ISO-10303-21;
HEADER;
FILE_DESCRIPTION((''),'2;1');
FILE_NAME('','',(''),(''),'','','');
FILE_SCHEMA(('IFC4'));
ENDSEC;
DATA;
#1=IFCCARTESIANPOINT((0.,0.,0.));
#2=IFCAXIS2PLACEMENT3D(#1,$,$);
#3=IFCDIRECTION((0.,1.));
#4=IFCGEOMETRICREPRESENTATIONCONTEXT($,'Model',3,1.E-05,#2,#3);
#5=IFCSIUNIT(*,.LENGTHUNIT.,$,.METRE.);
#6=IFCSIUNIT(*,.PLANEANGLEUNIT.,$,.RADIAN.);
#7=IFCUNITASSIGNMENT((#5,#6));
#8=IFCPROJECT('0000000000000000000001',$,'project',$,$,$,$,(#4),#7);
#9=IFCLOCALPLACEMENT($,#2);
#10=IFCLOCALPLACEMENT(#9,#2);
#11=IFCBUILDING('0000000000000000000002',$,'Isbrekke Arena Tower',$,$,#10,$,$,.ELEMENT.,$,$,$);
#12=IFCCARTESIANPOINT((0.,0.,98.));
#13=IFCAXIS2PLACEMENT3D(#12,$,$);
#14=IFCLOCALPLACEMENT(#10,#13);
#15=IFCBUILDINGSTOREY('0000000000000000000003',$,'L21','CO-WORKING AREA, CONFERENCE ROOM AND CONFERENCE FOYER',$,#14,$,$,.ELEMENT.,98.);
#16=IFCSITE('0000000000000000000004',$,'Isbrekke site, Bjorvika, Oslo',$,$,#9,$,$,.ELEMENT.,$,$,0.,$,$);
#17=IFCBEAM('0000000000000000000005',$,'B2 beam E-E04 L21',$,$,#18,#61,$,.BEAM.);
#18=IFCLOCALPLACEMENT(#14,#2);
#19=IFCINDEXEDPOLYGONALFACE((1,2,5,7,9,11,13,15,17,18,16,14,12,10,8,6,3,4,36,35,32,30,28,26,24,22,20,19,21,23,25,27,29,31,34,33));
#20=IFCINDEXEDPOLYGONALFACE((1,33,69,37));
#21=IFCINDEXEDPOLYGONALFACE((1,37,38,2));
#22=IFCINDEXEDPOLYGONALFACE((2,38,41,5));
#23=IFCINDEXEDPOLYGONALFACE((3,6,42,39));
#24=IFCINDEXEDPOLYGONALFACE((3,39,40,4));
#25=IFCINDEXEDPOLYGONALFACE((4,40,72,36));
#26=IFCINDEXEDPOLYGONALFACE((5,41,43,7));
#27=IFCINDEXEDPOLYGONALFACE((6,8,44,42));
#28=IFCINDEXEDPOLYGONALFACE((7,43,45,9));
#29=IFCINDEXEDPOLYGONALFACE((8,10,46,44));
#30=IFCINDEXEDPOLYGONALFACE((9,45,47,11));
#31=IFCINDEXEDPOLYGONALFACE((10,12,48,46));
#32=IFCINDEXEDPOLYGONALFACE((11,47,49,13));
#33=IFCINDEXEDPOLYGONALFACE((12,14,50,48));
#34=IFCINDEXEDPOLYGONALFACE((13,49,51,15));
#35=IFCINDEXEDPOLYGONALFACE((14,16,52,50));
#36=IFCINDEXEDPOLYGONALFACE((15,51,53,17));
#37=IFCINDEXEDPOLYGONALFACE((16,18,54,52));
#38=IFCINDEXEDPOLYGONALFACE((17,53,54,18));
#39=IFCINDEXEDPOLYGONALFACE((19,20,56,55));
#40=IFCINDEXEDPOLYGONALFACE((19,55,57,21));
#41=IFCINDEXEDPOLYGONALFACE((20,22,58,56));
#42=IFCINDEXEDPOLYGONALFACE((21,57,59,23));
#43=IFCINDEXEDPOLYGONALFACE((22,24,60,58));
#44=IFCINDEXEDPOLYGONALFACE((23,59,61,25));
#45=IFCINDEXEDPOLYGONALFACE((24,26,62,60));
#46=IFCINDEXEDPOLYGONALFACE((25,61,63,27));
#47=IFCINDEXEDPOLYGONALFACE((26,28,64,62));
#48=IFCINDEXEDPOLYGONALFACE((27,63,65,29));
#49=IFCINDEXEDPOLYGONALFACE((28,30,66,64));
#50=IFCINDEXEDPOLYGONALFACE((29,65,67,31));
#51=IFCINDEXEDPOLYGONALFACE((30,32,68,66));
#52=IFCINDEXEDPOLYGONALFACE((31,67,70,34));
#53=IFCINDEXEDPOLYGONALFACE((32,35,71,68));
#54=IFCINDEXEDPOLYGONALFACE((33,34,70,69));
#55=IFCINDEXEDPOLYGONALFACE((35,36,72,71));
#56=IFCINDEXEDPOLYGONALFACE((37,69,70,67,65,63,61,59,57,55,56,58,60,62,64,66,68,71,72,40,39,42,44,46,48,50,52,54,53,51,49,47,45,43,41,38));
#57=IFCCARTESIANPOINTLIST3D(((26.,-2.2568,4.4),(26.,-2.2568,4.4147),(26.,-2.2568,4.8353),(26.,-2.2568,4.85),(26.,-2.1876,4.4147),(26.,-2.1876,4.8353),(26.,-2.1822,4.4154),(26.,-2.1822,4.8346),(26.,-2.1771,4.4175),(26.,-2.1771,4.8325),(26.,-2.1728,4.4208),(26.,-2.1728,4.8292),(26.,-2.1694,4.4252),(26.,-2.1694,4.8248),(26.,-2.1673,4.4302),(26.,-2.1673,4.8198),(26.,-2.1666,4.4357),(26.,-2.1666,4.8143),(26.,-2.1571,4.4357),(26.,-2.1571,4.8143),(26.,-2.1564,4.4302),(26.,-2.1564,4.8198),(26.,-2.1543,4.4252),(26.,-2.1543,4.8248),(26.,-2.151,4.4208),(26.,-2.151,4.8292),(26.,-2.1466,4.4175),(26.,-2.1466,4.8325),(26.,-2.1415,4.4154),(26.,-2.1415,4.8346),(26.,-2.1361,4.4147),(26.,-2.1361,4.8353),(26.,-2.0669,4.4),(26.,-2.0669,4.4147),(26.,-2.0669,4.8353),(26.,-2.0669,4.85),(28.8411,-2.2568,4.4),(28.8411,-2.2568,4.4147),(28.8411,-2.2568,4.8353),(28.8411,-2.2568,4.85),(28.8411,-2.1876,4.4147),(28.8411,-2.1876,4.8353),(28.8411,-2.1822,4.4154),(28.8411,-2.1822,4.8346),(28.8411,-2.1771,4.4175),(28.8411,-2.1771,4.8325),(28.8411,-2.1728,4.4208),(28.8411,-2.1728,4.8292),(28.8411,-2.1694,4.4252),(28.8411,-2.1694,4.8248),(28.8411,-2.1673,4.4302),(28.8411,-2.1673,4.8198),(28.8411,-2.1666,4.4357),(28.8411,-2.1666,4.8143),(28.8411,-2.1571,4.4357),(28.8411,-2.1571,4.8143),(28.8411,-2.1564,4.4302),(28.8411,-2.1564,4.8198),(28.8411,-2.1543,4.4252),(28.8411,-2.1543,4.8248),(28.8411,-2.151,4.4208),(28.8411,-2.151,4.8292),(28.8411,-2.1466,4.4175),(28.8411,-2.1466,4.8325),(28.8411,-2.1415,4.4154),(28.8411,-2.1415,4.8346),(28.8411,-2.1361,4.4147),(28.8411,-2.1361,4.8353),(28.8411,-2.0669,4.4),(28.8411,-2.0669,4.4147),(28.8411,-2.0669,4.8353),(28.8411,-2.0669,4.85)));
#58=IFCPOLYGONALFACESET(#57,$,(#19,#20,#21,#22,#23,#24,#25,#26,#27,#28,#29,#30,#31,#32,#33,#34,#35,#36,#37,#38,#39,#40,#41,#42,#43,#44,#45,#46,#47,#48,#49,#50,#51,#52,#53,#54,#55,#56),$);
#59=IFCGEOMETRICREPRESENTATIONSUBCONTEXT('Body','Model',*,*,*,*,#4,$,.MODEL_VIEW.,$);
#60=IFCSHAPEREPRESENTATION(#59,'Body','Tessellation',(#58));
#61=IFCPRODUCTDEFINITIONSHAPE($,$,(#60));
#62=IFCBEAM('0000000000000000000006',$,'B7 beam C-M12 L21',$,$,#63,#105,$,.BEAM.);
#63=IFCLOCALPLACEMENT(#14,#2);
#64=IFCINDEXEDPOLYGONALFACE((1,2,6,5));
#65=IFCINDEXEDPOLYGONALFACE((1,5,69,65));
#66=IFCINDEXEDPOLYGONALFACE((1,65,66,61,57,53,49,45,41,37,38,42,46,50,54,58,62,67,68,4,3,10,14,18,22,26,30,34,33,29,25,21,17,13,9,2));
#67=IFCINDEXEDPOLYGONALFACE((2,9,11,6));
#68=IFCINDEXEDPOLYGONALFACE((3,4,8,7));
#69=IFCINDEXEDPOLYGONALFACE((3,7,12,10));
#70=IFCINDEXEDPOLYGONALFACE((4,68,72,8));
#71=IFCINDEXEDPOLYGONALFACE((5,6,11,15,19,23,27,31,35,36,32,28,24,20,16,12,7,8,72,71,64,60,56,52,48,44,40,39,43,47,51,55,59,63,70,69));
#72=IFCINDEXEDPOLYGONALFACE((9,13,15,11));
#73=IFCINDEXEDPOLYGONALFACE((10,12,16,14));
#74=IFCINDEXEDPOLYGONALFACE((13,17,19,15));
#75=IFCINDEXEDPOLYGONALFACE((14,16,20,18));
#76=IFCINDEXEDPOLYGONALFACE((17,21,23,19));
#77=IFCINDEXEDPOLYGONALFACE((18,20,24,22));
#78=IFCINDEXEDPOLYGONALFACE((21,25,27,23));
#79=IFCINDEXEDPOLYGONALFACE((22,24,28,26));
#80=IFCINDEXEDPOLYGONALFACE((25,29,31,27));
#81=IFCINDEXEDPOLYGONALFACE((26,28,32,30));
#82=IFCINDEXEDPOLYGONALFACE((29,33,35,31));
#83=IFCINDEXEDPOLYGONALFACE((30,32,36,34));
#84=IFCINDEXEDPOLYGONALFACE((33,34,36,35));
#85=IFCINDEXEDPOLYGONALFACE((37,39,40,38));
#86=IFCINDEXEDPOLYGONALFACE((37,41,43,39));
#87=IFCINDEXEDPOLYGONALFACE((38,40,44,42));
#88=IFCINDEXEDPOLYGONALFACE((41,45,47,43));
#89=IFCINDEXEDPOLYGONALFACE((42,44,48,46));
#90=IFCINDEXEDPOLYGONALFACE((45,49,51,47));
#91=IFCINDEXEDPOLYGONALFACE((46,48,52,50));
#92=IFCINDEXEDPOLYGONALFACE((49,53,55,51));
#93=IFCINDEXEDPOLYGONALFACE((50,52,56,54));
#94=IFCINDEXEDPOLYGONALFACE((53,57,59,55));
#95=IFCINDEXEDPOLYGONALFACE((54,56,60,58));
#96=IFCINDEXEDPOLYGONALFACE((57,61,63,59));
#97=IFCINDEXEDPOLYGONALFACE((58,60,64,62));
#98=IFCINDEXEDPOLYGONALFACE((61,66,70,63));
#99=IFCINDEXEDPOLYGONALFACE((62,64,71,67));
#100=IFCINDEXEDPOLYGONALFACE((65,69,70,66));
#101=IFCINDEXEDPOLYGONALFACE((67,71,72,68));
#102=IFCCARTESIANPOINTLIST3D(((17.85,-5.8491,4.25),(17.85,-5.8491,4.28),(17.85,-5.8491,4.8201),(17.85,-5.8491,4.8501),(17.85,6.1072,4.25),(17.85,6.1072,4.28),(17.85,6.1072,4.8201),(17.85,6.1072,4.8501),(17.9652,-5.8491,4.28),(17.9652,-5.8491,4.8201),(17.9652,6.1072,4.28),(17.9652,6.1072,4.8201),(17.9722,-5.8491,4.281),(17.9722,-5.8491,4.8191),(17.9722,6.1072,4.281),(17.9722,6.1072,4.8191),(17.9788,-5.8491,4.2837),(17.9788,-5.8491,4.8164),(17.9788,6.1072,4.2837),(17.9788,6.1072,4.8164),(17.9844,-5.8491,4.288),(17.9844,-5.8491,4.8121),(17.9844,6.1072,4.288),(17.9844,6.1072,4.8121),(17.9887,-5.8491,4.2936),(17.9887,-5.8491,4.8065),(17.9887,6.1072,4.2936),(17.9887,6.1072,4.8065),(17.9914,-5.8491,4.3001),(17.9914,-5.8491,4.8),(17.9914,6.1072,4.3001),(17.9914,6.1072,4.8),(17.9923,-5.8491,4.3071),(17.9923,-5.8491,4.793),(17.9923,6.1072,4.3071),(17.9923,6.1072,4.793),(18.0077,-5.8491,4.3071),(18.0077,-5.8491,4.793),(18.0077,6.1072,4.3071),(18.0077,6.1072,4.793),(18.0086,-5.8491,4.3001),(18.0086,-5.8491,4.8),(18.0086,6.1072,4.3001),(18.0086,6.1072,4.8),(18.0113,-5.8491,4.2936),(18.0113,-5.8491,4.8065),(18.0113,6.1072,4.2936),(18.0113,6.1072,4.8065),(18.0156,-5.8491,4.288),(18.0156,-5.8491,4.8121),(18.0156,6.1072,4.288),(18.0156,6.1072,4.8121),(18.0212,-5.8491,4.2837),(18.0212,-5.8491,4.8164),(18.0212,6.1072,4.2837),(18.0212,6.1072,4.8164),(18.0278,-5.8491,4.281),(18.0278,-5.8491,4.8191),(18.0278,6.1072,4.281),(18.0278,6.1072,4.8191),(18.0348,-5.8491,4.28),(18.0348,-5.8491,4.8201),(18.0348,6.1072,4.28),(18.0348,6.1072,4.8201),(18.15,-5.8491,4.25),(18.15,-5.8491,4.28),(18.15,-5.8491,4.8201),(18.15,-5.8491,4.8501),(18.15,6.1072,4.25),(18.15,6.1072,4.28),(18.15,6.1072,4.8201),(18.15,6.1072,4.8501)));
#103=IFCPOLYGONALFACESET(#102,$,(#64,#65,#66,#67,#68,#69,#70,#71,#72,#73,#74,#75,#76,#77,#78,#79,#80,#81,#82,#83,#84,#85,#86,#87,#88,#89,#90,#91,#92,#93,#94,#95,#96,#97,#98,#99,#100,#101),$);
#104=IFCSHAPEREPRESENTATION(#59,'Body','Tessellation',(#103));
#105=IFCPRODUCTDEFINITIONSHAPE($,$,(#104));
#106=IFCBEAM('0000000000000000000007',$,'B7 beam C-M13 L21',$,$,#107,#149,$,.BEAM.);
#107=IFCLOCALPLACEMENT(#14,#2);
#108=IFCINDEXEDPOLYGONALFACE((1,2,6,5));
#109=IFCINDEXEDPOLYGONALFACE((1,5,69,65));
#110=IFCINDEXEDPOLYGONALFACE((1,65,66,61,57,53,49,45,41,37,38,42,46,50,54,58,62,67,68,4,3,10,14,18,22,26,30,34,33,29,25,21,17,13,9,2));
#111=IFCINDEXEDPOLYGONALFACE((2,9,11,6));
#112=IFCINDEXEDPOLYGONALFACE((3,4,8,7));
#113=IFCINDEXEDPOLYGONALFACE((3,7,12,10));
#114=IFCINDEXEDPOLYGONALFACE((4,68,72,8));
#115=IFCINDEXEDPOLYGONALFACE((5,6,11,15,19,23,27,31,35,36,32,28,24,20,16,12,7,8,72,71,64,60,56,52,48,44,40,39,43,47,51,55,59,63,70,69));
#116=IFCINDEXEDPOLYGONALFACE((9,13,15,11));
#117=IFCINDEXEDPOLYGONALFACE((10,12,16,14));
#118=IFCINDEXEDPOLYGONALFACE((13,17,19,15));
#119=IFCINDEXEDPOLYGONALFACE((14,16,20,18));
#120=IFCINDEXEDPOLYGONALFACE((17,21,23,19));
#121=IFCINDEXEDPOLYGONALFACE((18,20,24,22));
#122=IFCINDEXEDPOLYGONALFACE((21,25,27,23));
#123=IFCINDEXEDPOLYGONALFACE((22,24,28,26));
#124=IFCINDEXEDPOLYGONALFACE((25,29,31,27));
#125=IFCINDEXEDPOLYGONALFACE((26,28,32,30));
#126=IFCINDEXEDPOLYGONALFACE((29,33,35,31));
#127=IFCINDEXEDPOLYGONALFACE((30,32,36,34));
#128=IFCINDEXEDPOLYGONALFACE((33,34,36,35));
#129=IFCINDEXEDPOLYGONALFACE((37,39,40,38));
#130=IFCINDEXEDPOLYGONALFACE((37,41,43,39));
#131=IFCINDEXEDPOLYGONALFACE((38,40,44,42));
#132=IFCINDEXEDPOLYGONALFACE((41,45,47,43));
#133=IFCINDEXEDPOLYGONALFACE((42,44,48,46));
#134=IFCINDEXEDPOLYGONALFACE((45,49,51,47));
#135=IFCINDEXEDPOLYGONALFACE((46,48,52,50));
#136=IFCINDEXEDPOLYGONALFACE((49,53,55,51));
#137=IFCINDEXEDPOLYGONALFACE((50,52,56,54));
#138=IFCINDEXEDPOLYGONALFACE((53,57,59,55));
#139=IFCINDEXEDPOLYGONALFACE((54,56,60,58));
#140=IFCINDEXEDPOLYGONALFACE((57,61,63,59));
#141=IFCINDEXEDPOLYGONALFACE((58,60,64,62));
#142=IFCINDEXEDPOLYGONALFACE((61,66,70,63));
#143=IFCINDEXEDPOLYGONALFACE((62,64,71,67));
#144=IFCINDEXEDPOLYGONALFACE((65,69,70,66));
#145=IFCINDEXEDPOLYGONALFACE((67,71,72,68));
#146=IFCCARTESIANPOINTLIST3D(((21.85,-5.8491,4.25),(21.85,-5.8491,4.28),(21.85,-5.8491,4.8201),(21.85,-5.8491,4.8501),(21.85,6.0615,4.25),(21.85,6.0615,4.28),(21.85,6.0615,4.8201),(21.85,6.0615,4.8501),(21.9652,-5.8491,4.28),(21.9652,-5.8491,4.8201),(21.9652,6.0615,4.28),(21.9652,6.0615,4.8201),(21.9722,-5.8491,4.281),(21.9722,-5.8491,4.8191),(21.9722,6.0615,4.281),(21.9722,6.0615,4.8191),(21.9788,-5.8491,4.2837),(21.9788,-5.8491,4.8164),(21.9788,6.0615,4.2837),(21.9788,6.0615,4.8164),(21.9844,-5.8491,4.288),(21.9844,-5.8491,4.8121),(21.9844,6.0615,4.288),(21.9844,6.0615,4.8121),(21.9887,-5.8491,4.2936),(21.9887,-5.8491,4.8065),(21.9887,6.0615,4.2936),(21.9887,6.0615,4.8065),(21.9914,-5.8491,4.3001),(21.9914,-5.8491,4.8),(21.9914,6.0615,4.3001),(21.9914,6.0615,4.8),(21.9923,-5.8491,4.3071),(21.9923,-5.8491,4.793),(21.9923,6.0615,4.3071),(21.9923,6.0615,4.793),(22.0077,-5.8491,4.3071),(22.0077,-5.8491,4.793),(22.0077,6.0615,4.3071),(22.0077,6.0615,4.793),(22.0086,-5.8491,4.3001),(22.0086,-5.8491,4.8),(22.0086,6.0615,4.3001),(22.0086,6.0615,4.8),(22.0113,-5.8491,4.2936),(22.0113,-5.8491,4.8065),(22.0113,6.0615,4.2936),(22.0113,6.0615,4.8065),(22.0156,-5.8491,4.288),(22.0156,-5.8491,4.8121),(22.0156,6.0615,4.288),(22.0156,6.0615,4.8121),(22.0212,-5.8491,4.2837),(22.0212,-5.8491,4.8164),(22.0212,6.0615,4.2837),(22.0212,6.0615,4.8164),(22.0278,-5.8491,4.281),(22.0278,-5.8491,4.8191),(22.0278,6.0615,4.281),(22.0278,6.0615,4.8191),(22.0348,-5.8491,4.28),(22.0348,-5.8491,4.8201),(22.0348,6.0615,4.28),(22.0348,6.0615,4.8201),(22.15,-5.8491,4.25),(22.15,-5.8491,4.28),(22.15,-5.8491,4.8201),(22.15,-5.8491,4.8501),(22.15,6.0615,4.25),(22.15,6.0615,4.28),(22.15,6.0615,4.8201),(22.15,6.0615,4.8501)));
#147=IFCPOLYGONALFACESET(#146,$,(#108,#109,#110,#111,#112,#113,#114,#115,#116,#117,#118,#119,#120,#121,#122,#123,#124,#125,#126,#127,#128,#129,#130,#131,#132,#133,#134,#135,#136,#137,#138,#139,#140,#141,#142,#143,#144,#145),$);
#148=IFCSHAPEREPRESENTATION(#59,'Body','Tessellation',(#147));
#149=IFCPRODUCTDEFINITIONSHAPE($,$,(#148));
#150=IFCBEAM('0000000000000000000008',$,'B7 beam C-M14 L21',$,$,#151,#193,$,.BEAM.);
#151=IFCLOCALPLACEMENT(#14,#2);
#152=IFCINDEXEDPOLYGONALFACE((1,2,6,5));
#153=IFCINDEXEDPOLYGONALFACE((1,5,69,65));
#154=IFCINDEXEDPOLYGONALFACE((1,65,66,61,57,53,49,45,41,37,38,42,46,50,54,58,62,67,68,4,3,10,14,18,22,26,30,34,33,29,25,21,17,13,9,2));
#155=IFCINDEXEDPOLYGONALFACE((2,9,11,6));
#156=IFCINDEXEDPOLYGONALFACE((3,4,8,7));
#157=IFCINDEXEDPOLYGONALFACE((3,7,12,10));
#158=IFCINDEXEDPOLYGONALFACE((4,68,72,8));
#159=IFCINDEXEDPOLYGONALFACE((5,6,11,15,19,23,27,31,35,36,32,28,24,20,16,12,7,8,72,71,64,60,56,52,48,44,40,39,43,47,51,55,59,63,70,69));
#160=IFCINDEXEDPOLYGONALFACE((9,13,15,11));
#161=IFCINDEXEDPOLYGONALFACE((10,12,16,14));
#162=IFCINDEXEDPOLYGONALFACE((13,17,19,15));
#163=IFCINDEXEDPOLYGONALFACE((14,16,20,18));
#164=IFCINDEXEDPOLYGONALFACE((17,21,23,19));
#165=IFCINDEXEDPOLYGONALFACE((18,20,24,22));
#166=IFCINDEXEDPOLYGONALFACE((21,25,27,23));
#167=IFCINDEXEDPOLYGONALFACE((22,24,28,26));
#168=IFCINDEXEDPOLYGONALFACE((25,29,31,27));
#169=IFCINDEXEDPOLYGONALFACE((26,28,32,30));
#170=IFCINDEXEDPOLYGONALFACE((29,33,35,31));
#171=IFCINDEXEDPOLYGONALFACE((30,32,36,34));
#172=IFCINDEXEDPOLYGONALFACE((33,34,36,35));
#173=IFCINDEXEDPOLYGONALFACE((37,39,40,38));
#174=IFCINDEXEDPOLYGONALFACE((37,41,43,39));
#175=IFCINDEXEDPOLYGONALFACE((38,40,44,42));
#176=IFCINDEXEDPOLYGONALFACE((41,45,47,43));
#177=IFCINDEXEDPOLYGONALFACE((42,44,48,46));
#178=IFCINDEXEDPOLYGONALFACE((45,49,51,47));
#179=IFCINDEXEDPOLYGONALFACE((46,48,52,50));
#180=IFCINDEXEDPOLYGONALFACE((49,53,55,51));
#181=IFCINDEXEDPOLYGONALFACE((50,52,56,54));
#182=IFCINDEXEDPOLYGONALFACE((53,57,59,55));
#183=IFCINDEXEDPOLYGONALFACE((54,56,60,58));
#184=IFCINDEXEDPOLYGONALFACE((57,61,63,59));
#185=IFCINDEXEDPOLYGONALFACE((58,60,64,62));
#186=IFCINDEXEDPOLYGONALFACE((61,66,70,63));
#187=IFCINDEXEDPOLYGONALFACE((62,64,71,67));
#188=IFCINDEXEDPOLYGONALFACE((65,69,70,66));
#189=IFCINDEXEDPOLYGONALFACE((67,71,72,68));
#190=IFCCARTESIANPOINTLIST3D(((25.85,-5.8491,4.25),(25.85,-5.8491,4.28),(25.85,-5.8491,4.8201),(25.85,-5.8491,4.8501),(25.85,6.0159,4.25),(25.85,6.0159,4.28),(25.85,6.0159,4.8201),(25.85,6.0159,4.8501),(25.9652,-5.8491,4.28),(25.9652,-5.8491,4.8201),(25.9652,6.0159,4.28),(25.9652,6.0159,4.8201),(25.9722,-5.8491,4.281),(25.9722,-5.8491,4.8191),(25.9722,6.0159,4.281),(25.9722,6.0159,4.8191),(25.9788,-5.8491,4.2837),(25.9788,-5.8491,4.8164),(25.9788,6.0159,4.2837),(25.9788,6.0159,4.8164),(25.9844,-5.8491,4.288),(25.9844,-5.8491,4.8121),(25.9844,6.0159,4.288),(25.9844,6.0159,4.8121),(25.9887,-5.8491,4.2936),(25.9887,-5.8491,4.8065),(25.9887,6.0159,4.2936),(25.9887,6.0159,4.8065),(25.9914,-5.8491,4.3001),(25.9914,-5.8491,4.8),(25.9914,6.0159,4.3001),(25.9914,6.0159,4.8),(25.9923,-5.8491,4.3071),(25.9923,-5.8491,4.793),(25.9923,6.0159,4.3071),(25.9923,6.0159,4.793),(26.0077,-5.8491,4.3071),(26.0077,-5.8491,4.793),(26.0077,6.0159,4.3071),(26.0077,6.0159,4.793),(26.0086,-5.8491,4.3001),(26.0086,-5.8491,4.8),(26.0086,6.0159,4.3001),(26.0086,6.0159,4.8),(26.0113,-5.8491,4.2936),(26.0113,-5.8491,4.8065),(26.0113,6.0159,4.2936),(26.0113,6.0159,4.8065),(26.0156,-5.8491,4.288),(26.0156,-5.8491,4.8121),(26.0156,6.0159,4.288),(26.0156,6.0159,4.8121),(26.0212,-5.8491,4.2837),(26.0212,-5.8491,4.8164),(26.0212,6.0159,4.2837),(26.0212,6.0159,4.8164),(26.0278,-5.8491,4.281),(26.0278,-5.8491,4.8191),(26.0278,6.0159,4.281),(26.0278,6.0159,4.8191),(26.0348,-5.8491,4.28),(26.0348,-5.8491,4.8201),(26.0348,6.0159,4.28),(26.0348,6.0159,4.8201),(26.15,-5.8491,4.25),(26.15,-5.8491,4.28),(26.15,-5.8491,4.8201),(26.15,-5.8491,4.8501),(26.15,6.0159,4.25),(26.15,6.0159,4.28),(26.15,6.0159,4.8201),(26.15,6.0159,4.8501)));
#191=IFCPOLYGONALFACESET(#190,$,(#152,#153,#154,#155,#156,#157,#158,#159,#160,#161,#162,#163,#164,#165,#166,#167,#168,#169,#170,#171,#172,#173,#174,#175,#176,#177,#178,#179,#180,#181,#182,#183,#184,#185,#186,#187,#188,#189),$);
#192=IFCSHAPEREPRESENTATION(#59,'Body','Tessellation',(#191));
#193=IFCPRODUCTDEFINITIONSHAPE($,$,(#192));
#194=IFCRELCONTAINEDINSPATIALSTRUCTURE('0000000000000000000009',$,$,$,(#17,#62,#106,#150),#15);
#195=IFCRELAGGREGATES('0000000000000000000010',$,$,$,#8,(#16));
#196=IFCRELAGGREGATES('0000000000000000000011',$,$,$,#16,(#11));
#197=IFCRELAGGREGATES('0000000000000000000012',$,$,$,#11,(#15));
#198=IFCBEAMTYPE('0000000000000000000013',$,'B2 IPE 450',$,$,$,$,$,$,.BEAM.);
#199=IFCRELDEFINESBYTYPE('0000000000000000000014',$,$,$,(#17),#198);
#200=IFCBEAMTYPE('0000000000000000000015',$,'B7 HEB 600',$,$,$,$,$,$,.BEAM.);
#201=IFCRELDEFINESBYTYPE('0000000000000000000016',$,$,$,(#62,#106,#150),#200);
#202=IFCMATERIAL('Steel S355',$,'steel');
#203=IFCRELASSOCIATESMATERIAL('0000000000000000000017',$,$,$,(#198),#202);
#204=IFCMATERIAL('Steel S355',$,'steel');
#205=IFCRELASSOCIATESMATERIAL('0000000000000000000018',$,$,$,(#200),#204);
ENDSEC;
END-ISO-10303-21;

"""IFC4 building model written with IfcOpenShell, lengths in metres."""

from ifc_helpers import new_model, si_unit, direction, frame, origin, origin_2d, place, context, subcontext, project, spatial, i_section, extrude, material, material_profile, profile_set, type_object, element, save


model = new_model("IFC4")

# Units and contexts
model_context = context("Model", 3, precision=1e-05, world=origin(), true_north=direction((0.0, 1.0)))
body_context = subcontext(model_context, "Body", "Model", "MODEL_VIEW")
ifc_project = project(units=[si_unit("LENGTHUNIT", "METRE"), si_unit("PLANEANGLEUNIT", "RADIAN")], contexts=[model_context])

# Site, building, storey
site_placement = place(None, origin())
site = spatial("IfcSite", under=ifc_project, at=site_placement, Name="Isbrekke site, Bjorvika, Oslo", CompositionType="ELEMENT", RefElevation=0.0)
building_placement = place(site_placement, origin())
building = spatial("IfcBuilding", under=site, at=building_placement, Name="Isbrekke Arena Tower", CompositionType="ELEMENT")
storey_placement = place(building_placement, frame((0.0, 0.0, 98.0)))
storey = spatial("IfcBuildingStorey", under=building, at=storey_placement, Name="L21", Description="CO-WORKING AREA, CONFERENCE ROOM AND CONFERENCE FOYER", CompositionType="ELEMENT", Elevation=98.0)

# Beams
ifc_material_1 = material(Name="Steel S355", Category="steel")
ifc_material_profile_1 = material_profile(ifc_material_1, i_section(OverallWidth=0.1899, OverallDepth=0.45, WebThickness=0.0095, FlangeThickness=0.0146, FilletRadius=0.021, at=origin_2d()), Name="IPE 450")
ifc_profile_set_1 = profile_set([ifc_material_profile_1], Name="Steel S355")
beam_type_1 = type_object("IfcBeamType", Name="B2 IPE 450", PredefinedType="BEAM", material=ifc_profile_set_1)
beam_1_placement = place(storey_placement, frame((28.8411, -2.1619, 4.625), z_axis=(-1.0, 0.0, 0.0), x_axis=(0.0, -1.0, 0.0)))
element("IfcBeam", 1, at=beam_1_placement, inside=storey, type_object=beam_type_1, Name="B2 beam E-E04 L21", PredefinedType="BEAM", context=body_context, shape_type="SweptSolid", body=[
    extrude(i_section(OverallWidth=0.1899, OverallDepth=0.45, WebThickness=0.0095, FlangeThickness=0.0146, FilletRadius=0.021, at=origin_2d()), origin(), (0.0, 0.0, 1.0), 2.8411),
])
ifc_material_2 = material(Name="Steel S355", Category="steel")
ifc_material_profile_2 = material_profile(ifc_material_2, i_section(OverallWidth=0.3, OverallDepth=0.6001, WebThickness=0.0154, FlangeThickness=0.03, FilletRadius=0.0271, at=origin_2d()), Name="HEB 600")
ifc_profile_set_2 = profile_set([ifc_material_profile_2], Name="Steel S355")
beam_type_2 = type_object("IfcBeamType", Name="B7 HEB 600", PredefinedType="BEAM", material=ifc_profile_set_2)
beam_2_placement = place(storey_placement, frame((18.0, -5.8491, 4.55), z_axis=(0.0, 1.0, 0.0), x_axis=(-1.0, 0.0, 0.0)))
element("IfcBeam", 2, at=beam_2_placement, inside=storey, type_object=beam_type_2, Name="B7 beam C-M12 L21", PredefinedType="BEAM", context=body_context, shape_type="SweptSolid", body=[
    extrude(i_section(OverallWidth=0.3, OverallDepth=0.6001, WebThickness=0.0154, FlangeThickness=0.03, FilletRadius=0.0271, at=origin_2d()), origin(), (0.0, 0.0, 1.0), 11.9563),
])
beam_3_placement = place(storey_placement, frame((22.0, -5.8491, 4.55), z_axis=(0.0, 1.0, 0.0), x_axis=(-1.0, 0.0, 0.0)))
element("IfcBeam", 3, at=beam_3_placement, inside=storey, type_object=beam_type_2, Name="B7 beam C-M13 L21", PredefinedType="BEAM", context=body_context, shape_type="SweptSolid", body=[
    extrude(i_section(OverallWidth=0.3, OverallDepth=0.6001, WebThickness=0.0154, FlangeThickness=0.03, FilletRadius=0.0271, at=origin_2d()), origin(), (0.0, 0.0, 1.0), 11.9106),
])
beam_4_placement = place(storey_placement, frame((26.0, -5.8491, 4.55), z_axis=(0.0, 1.0, 0.0), x_axis=(-1.0, 0.0, 0.0)))
element("IfcBeam", 4, at=beam_4_placement, inside=storey, type_object=beam_type_2, Name="B7 beam C-M14 L21", PredefinedType="BEAM", context=body_context, shape_type="SweptSolid", body=[
    extrude(i_section(OverallWidth=0.3, OverallDepth=0.6001, WebThickness=0.0154, FlangeThickness=0.03, FilletRadius=0.0271, at=origin_2d()), origin(), (0.0, 0.0, 1.0), 11.865),
])

save(model, "model.ifc")
